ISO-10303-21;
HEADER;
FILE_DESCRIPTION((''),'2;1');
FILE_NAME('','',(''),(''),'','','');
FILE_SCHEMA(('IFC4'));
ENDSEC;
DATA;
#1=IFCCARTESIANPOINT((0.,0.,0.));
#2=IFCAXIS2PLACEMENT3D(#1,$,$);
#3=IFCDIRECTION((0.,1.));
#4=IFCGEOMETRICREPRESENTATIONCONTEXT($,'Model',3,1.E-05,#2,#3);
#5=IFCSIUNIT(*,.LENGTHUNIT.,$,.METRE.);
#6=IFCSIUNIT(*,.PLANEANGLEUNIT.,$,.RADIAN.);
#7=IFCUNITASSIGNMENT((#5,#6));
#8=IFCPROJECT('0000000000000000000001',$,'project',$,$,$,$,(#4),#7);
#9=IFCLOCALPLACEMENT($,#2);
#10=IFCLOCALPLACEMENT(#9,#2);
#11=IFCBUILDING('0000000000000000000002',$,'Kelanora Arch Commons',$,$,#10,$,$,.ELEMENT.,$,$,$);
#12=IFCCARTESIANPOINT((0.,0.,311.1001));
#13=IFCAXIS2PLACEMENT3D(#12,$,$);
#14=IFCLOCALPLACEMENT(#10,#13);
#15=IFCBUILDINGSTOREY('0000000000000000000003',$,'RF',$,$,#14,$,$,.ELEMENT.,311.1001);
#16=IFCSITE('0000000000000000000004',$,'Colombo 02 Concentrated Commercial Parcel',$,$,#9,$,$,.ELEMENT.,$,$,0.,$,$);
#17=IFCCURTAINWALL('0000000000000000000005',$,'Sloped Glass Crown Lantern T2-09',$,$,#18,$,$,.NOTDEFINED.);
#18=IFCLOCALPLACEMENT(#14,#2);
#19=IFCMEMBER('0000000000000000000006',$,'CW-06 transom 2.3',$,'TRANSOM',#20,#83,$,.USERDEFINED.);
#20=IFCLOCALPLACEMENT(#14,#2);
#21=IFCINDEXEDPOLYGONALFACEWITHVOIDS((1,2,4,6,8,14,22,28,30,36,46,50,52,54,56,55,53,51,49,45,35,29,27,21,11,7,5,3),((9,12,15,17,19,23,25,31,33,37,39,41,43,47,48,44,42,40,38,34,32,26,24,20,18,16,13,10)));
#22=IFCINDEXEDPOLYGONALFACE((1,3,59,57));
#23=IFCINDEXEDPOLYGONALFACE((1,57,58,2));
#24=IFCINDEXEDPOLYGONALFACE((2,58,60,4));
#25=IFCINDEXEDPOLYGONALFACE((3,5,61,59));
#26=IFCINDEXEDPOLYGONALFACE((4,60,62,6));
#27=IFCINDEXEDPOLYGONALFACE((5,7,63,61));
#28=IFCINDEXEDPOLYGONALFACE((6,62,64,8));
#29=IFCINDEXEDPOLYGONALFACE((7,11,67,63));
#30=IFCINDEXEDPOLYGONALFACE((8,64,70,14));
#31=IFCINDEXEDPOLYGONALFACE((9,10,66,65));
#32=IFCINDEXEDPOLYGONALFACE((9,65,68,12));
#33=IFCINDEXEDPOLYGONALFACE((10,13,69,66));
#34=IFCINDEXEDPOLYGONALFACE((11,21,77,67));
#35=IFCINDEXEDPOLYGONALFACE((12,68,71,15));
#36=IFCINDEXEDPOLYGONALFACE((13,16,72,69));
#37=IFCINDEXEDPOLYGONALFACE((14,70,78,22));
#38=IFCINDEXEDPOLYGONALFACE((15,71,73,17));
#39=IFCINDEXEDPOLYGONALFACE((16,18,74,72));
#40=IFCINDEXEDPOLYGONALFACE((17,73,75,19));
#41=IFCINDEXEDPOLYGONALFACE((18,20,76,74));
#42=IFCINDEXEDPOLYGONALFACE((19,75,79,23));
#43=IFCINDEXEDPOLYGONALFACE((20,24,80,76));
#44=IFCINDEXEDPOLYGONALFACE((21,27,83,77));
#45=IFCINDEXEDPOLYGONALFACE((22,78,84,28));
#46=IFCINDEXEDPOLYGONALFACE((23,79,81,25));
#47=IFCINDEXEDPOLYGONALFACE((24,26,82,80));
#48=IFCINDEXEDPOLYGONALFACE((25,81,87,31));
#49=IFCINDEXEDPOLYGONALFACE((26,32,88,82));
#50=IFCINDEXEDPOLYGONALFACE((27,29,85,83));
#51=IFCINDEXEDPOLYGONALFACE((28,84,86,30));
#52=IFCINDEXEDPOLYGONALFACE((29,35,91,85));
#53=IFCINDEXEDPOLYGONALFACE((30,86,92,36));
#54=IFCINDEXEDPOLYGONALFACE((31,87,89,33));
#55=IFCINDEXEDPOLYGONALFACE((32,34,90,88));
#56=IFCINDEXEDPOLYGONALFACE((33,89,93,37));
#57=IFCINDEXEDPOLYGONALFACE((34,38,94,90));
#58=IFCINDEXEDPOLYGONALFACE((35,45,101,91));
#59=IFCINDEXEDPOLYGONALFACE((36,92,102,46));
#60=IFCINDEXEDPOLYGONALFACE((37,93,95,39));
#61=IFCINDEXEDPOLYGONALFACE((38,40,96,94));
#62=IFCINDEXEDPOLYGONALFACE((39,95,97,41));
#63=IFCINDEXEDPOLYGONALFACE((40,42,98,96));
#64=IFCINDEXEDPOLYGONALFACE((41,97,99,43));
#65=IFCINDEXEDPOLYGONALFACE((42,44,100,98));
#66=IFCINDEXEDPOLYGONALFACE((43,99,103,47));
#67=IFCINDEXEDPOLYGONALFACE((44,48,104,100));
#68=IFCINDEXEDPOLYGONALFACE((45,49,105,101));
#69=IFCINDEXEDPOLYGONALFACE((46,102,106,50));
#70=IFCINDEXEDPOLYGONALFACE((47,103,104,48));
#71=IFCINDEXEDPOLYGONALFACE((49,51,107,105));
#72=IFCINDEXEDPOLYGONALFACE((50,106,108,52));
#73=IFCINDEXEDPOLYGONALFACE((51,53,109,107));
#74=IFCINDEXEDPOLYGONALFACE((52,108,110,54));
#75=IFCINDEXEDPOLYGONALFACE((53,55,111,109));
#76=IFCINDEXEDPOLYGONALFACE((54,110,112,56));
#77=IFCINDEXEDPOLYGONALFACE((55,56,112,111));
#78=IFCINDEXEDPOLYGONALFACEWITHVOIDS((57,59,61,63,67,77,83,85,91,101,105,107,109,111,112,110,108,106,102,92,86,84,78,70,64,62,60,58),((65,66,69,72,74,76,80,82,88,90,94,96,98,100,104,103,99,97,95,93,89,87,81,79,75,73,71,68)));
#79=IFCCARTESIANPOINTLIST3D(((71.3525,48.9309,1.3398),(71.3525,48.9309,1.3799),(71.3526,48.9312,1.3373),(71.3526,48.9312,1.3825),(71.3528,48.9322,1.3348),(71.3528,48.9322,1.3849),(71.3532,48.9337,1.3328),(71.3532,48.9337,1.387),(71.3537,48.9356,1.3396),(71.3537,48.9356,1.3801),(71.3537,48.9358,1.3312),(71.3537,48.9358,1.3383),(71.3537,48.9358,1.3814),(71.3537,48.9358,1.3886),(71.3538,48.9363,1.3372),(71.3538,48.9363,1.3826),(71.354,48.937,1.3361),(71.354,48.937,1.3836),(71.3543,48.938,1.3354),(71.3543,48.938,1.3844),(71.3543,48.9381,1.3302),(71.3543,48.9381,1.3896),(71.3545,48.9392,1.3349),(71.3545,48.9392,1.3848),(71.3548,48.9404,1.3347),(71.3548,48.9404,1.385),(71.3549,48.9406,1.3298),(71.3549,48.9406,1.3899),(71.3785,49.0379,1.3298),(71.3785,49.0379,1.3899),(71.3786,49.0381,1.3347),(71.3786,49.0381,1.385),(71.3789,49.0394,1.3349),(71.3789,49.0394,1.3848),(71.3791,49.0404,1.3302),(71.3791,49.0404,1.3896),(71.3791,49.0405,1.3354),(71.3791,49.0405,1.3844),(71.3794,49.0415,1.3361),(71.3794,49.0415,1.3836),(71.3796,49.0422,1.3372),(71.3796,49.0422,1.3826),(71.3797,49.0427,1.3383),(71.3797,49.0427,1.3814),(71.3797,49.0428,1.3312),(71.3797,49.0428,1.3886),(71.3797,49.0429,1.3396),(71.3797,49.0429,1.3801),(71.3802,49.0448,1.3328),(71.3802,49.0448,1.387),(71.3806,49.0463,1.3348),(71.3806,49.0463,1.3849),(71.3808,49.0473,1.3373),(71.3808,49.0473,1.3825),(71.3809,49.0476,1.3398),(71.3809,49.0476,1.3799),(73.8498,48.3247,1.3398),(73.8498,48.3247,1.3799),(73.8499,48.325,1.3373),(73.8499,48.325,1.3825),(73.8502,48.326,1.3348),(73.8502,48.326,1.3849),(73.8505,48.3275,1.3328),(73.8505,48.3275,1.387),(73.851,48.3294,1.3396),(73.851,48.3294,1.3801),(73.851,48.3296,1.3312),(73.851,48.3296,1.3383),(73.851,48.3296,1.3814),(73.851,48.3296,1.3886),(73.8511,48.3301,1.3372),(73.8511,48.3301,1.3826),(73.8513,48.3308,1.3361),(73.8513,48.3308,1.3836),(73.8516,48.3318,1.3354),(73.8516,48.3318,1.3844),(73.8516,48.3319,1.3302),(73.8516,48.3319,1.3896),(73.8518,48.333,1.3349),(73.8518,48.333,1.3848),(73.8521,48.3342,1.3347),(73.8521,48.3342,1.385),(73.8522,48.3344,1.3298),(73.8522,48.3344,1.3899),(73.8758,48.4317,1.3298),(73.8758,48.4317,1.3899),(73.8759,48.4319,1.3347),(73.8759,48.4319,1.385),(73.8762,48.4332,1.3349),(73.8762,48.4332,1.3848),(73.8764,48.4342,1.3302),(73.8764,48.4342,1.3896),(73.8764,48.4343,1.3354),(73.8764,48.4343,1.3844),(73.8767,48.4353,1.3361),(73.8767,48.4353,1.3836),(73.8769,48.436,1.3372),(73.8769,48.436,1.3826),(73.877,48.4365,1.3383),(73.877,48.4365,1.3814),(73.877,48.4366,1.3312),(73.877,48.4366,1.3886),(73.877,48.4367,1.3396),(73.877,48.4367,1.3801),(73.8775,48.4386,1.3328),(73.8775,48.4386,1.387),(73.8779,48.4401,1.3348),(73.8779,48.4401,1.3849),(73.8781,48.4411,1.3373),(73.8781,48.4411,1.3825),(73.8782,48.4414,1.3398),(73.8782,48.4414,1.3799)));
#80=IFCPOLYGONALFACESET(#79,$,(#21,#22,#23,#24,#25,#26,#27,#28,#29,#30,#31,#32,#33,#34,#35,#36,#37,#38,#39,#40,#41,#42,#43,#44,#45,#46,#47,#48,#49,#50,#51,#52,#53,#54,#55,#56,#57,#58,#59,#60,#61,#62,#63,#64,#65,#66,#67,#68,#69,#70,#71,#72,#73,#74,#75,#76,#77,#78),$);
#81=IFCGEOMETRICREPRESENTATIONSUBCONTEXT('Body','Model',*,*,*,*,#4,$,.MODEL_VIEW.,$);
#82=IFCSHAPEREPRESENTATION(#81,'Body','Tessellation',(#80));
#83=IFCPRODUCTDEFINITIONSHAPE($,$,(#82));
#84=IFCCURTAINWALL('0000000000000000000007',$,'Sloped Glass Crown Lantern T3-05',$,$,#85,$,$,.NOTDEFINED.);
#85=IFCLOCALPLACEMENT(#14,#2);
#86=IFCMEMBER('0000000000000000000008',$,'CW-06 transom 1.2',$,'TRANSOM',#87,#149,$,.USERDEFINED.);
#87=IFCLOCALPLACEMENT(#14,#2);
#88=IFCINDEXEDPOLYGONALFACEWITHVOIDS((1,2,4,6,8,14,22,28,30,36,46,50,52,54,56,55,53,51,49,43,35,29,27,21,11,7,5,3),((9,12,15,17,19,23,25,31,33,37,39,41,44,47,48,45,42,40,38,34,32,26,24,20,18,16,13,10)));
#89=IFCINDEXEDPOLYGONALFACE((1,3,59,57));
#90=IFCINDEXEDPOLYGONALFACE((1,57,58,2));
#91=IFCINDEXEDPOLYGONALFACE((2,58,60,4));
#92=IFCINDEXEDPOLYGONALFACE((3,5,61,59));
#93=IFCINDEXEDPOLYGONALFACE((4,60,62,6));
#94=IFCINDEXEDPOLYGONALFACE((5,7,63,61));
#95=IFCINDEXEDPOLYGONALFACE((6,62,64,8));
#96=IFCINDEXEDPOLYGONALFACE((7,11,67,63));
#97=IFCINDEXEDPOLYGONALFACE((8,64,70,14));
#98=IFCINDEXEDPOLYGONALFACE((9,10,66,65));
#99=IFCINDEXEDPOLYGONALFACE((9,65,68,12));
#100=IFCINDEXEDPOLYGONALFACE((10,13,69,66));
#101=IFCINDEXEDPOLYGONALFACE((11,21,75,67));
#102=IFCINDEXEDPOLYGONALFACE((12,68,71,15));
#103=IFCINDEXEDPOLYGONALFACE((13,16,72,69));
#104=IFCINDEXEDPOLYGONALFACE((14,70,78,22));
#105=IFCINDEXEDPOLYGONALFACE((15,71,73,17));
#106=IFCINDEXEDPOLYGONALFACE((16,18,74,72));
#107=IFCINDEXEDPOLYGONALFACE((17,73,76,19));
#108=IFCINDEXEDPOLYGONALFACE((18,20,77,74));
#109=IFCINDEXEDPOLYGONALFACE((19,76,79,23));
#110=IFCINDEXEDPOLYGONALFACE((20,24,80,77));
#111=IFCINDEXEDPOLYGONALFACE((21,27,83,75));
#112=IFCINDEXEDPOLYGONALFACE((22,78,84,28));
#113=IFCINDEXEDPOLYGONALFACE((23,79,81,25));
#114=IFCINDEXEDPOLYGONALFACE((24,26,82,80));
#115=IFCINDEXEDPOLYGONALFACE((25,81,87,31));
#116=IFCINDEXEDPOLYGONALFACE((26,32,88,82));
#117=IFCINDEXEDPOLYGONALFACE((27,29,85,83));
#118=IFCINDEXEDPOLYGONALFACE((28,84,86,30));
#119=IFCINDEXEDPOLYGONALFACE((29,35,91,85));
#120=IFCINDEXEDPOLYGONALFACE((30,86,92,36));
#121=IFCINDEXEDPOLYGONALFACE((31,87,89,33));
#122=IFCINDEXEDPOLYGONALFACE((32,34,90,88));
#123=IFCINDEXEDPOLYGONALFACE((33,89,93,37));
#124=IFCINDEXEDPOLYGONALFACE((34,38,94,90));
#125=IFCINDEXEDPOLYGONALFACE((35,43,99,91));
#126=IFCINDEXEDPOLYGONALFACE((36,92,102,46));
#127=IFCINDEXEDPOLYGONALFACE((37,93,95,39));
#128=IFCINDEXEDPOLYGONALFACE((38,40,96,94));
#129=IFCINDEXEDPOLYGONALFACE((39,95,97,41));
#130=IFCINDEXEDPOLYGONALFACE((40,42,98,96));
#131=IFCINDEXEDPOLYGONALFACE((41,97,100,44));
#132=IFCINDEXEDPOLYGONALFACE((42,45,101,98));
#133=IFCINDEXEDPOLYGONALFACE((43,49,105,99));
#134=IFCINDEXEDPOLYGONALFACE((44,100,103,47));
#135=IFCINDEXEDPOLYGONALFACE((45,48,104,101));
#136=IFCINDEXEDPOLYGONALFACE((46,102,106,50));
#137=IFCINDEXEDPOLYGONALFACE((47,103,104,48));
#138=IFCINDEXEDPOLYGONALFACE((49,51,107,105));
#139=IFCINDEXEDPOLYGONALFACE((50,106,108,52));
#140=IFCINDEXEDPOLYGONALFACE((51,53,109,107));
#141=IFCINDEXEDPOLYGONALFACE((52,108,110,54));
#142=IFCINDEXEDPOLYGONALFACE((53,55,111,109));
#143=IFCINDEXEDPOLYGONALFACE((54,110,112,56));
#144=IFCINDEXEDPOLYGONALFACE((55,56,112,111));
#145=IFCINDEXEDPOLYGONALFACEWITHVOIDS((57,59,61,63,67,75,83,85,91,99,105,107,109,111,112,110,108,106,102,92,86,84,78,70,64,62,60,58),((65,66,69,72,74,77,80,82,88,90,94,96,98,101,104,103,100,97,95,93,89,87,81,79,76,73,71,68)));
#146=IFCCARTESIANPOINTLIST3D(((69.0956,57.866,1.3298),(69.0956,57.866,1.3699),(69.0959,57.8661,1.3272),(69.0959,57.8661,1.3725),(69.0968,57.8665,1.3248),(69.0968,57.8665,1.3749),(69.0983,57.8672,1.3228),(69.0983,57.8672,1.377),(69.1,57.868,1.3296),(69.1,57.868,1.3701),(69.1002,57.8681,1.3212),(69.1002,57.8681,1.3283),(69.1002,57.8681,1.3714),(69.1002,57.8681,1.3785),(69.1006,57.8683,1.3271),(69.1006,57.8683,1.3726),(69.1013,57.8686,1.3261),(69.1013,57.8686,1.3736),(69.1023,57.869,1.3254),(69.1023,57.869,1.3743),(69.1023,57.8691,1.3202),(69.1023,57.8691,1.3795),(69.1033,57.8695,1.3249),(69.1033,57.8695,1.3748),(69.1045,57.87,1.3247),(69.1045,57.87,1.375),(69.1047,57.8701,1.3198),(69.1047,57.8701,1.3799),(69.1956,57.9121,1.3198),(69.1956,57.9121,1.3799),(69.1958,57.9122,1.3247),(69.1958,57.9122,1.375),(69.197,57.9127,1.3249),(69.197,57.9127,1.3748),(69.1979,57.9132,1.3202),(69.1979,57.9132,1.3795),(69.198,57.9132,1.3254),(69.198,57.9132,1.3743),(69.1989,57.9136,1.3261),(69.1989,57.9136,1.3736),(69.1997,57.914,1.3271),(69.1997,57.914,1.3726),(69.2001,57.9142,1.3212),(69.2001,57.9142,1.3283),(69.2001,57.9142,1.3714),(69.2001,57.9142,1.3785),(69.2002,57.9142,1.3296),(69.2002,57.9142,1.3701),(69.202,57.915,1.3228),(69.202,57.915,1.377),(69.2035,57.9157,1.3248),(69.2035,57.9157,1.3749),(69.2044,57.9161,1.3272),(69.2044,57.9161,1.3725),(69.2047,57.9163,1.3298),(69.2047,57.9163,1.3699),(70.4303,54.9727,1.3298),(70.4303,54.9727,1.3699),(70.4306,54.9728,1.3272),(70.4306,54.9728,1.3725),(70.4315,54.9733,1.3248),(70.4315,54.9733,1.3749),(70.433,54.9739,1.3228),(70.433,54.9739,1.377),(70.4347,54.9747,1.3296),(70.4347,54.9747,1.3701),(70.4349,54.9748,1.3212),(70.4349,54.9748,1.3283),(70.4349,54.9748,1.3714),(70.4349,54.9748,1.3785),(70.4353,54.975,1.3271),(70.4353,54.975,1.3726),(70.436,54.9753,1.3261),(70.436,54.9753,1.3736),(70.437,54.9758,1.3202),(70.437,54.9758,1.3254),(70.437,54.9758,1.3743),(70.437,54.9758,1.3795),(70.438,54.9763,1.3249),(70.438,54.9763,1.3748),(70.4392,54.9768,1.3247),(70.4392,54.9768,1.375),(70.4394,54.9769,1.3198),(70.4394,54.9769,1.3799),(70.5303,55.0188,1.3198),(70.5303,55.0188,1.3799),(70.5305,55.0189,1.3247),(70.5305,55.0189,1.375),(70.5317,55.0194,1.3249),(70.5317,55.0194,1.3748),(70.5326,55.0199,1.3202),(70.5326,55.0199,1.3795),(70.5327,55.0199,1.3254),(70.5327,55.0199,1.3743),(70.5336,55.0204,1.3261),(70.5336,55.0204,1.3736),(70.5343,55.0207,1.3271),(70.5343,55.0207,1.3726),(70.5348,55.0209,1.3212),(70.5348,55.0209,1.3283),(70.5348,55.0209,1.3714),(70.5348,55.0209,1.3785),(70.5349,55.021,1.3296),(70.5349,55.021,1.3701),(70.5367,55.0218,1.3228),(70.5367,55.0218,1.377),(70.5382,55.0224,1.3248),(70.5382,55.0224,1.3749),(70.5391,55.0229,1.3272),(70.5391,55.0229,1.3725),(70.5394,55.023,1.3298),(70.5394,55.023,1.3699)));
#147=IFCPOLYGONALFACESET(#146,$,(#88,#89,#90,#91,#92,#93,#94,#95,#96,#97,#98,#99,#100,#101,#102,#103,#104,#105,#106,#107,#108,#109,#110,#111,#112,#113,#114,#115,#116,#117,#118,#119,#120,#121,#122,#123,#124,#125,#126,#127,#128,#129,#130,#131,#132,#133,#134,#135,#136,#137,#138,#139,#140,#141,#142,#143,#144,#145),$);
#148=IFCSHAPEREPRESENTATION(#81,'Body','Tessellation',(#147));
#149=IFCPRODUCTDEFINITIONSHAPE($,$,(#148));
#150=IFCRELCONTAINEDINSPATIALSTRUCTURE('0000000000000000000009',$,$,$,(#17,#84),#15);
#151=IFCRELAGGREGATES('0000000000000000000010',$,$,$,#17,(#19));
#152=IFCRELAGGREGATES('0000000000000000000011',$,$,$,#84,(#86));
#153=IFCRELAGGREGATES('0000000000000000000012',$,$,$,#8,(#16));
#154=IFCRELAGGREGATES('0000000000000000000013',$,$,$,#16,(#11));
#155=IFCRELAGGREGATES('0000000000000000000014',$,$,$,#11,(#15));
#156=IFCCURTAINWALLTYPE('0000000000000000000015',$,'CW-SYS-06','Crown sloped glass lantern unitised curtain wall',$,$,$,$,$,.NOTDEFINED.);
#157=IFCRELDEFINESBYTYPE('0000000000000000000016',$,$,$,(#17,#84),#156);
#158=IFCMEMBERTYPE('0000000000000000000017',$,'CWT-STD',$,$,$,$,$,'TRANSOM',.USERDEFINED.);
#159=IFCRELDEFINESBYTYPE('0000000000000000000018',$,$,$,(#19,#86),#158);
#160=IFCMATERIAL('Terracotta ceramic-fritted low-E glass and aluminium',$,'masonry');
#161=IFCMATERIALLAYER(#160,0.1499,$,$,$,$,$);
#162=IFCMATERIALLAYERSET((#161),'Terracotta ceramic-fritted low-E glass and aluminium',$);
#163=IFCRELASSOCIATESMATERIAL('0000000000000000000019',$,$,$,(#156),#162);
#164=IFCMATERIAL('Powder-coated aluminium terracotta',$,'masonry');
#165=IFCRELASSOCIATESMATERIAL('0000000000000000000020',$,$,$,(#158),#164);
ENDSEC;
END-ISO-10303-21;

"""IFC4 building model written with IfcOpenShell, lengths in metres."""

from ifc_helpers import new_model, si_unit, direction, frame, origin, origin_2d, place, context, subcontext, project, spatial, hollow_rectangle, extrude, material, layer, layer_set, material_profile, profile_set, type_object, element, aggregate, save


model = new_model("IFC4")

# Units and contexts
model_context = context("Model", 3, precision=1e-05, world=origin(), true_north=direction((0.0, 1.0)))
body_context = subcontext(model_context, "Body", "Model", "MODEL_VIEW")
ifc_project = project(units=[si_unit("LENGTHUNIT", "METRE"), si_unit("PLANEANGLEUNIT", "RADIAN")], contexts=[model_context])

# Site, building, storey
site_placement = place(None, origin())
site = spatial("IfcSite", under=ifc_project, at=site_placement, Name="Colombo 02 Concentrated Commercial Parcel", CompositionType="ELEMENT", RefElevation=0.0)
building_placement = place(site_placement, origin())
building = spatial("IfcBuilding", under=site, at=building_placement, Name="Kelanora Arch Commons", CompositionType="ELEMENT")
storey_placement = place(building_placement, frame((0.0, 0.0, 311.1001)))
storey = spatial("IfcBuildingStorey", under=building, at=storey_placement, Name="RF", CompositionType="ELEMENT", Elevation=311.1001)

# Shared definitions
ifc_material_1 = material(Name="Terracotta ceramic-fritted low-E glass and aluminium", Category="masonry")
ifc_layer_1 = layer(ifc_material_1, 0.1499)
ifc_layer_set_1 = layer_set([ifc_layer_1], Name="Terracotta ceramic-fritted low-E glass and aluminium")
curtain_wall_type = type_object("IfcCurtainWallType", Name="CW-SYS-06", Description="Crown sloped glass lantern unitised curtain wall", PredefinedType="NOTDEFINED", material=ifc_layer_set_1)
ifc_material_2 = material(Name="Powder-coated aluminium terracotta", Category="masonry")
ifc_material_profile_1 = material_profile(ifc_material_2, hollow_rectangle(XDim=0.1201, YDim=0.0601, WallThickness=0.0049, InnerFilletRadius=0.0049, OuterFilletRadius=0.01, at=origin_2d()), Name="CWT120x60")
ifc_profile_set_1 = profile_set([ifc_material_profile_1], Name="Powder-coated aluminium terracotta")
member_type_1 = type_object("IfcMemberType", Name="CWT-STD", ElementType="TRANSOM", PredefinedType="USERDEFINED", material=ifc_profile_set_1)

# Curtain walls, members
curtain_wall_1_placement = place(storey_placement, origin())
curtain_wall_1 = element("IfcCurtainWall", 1, at=curtain_wall_1_placement, inside=storey, type_object=curtain_wall_type, Name="Sloped Glass Crown Lantern T2-09", PredefinedType="NOTDEFINED")
member_1_placement = place(storey_placement, frame((71.3667, 48.9893, 1.3599), z_axis=(0.97178, -0.235891, 0.0), x_axis=(0.235891, 0.97178, 0.0)))
member_1 = element("IfcMember", 2, at=member_1_placement, type_object=member_type_1, Name="CW-06 transom 2.3", ObjectType="TRANSOM", PredefinedType="USERDEFINED", context=body_context, shape_type="SweptSolid", body=[
    extrude(hollow_rectangle(XDim=0.1201, YDim=0.0601, WallThickness=0.0049, InnerFilletRadius=0.0049, OuterFilletRadius=0.01, at=origin_2d()), origin(), (0.0, 0.0, 1.0), 2.5698),
])
aggregate(curtain_wall_1, [member_1])
curtain_wall_2_placement = place(storey_placement, origin())
curtain_wall_2 = element("IfcCurtainWall", 3, at=curtain_wall_2_placement, inside=storey, type_object=curtain_wall_type, Name="Sloped Glass Crown Lantern T3-05", PredefinedType="NOTDEFINED")
member_2_placement = place(storey_placement, frame((69.1501, 57.8911, 1.3499), z_axis=(0.418888, -0.908038, 0.0), x_axis=(0.908038, 0.418888, 0.0)))
member_2 = element("IfcMember", 4, at=member_2_placement, type_object=member_type_1, Name="CW-06 transom 1.2", ObjectType="TRANSOM", PredefinedType="USERDEFINED", context=body_context, shape_type="SweptSolid", body=[
    extrude(hollow_rectangle(XDim=0.1201, YDim=0.0601, WallThickness=0.0049, InnerFilletRadius=0.0049, OuterFilletRadius=0.01, at=origin_2d()), origin(), (0.0, 0.0, 1.0), 3.1863),
])

aggregate(curtain_wall_2, [member_2])

save(model, "model.ifc")
